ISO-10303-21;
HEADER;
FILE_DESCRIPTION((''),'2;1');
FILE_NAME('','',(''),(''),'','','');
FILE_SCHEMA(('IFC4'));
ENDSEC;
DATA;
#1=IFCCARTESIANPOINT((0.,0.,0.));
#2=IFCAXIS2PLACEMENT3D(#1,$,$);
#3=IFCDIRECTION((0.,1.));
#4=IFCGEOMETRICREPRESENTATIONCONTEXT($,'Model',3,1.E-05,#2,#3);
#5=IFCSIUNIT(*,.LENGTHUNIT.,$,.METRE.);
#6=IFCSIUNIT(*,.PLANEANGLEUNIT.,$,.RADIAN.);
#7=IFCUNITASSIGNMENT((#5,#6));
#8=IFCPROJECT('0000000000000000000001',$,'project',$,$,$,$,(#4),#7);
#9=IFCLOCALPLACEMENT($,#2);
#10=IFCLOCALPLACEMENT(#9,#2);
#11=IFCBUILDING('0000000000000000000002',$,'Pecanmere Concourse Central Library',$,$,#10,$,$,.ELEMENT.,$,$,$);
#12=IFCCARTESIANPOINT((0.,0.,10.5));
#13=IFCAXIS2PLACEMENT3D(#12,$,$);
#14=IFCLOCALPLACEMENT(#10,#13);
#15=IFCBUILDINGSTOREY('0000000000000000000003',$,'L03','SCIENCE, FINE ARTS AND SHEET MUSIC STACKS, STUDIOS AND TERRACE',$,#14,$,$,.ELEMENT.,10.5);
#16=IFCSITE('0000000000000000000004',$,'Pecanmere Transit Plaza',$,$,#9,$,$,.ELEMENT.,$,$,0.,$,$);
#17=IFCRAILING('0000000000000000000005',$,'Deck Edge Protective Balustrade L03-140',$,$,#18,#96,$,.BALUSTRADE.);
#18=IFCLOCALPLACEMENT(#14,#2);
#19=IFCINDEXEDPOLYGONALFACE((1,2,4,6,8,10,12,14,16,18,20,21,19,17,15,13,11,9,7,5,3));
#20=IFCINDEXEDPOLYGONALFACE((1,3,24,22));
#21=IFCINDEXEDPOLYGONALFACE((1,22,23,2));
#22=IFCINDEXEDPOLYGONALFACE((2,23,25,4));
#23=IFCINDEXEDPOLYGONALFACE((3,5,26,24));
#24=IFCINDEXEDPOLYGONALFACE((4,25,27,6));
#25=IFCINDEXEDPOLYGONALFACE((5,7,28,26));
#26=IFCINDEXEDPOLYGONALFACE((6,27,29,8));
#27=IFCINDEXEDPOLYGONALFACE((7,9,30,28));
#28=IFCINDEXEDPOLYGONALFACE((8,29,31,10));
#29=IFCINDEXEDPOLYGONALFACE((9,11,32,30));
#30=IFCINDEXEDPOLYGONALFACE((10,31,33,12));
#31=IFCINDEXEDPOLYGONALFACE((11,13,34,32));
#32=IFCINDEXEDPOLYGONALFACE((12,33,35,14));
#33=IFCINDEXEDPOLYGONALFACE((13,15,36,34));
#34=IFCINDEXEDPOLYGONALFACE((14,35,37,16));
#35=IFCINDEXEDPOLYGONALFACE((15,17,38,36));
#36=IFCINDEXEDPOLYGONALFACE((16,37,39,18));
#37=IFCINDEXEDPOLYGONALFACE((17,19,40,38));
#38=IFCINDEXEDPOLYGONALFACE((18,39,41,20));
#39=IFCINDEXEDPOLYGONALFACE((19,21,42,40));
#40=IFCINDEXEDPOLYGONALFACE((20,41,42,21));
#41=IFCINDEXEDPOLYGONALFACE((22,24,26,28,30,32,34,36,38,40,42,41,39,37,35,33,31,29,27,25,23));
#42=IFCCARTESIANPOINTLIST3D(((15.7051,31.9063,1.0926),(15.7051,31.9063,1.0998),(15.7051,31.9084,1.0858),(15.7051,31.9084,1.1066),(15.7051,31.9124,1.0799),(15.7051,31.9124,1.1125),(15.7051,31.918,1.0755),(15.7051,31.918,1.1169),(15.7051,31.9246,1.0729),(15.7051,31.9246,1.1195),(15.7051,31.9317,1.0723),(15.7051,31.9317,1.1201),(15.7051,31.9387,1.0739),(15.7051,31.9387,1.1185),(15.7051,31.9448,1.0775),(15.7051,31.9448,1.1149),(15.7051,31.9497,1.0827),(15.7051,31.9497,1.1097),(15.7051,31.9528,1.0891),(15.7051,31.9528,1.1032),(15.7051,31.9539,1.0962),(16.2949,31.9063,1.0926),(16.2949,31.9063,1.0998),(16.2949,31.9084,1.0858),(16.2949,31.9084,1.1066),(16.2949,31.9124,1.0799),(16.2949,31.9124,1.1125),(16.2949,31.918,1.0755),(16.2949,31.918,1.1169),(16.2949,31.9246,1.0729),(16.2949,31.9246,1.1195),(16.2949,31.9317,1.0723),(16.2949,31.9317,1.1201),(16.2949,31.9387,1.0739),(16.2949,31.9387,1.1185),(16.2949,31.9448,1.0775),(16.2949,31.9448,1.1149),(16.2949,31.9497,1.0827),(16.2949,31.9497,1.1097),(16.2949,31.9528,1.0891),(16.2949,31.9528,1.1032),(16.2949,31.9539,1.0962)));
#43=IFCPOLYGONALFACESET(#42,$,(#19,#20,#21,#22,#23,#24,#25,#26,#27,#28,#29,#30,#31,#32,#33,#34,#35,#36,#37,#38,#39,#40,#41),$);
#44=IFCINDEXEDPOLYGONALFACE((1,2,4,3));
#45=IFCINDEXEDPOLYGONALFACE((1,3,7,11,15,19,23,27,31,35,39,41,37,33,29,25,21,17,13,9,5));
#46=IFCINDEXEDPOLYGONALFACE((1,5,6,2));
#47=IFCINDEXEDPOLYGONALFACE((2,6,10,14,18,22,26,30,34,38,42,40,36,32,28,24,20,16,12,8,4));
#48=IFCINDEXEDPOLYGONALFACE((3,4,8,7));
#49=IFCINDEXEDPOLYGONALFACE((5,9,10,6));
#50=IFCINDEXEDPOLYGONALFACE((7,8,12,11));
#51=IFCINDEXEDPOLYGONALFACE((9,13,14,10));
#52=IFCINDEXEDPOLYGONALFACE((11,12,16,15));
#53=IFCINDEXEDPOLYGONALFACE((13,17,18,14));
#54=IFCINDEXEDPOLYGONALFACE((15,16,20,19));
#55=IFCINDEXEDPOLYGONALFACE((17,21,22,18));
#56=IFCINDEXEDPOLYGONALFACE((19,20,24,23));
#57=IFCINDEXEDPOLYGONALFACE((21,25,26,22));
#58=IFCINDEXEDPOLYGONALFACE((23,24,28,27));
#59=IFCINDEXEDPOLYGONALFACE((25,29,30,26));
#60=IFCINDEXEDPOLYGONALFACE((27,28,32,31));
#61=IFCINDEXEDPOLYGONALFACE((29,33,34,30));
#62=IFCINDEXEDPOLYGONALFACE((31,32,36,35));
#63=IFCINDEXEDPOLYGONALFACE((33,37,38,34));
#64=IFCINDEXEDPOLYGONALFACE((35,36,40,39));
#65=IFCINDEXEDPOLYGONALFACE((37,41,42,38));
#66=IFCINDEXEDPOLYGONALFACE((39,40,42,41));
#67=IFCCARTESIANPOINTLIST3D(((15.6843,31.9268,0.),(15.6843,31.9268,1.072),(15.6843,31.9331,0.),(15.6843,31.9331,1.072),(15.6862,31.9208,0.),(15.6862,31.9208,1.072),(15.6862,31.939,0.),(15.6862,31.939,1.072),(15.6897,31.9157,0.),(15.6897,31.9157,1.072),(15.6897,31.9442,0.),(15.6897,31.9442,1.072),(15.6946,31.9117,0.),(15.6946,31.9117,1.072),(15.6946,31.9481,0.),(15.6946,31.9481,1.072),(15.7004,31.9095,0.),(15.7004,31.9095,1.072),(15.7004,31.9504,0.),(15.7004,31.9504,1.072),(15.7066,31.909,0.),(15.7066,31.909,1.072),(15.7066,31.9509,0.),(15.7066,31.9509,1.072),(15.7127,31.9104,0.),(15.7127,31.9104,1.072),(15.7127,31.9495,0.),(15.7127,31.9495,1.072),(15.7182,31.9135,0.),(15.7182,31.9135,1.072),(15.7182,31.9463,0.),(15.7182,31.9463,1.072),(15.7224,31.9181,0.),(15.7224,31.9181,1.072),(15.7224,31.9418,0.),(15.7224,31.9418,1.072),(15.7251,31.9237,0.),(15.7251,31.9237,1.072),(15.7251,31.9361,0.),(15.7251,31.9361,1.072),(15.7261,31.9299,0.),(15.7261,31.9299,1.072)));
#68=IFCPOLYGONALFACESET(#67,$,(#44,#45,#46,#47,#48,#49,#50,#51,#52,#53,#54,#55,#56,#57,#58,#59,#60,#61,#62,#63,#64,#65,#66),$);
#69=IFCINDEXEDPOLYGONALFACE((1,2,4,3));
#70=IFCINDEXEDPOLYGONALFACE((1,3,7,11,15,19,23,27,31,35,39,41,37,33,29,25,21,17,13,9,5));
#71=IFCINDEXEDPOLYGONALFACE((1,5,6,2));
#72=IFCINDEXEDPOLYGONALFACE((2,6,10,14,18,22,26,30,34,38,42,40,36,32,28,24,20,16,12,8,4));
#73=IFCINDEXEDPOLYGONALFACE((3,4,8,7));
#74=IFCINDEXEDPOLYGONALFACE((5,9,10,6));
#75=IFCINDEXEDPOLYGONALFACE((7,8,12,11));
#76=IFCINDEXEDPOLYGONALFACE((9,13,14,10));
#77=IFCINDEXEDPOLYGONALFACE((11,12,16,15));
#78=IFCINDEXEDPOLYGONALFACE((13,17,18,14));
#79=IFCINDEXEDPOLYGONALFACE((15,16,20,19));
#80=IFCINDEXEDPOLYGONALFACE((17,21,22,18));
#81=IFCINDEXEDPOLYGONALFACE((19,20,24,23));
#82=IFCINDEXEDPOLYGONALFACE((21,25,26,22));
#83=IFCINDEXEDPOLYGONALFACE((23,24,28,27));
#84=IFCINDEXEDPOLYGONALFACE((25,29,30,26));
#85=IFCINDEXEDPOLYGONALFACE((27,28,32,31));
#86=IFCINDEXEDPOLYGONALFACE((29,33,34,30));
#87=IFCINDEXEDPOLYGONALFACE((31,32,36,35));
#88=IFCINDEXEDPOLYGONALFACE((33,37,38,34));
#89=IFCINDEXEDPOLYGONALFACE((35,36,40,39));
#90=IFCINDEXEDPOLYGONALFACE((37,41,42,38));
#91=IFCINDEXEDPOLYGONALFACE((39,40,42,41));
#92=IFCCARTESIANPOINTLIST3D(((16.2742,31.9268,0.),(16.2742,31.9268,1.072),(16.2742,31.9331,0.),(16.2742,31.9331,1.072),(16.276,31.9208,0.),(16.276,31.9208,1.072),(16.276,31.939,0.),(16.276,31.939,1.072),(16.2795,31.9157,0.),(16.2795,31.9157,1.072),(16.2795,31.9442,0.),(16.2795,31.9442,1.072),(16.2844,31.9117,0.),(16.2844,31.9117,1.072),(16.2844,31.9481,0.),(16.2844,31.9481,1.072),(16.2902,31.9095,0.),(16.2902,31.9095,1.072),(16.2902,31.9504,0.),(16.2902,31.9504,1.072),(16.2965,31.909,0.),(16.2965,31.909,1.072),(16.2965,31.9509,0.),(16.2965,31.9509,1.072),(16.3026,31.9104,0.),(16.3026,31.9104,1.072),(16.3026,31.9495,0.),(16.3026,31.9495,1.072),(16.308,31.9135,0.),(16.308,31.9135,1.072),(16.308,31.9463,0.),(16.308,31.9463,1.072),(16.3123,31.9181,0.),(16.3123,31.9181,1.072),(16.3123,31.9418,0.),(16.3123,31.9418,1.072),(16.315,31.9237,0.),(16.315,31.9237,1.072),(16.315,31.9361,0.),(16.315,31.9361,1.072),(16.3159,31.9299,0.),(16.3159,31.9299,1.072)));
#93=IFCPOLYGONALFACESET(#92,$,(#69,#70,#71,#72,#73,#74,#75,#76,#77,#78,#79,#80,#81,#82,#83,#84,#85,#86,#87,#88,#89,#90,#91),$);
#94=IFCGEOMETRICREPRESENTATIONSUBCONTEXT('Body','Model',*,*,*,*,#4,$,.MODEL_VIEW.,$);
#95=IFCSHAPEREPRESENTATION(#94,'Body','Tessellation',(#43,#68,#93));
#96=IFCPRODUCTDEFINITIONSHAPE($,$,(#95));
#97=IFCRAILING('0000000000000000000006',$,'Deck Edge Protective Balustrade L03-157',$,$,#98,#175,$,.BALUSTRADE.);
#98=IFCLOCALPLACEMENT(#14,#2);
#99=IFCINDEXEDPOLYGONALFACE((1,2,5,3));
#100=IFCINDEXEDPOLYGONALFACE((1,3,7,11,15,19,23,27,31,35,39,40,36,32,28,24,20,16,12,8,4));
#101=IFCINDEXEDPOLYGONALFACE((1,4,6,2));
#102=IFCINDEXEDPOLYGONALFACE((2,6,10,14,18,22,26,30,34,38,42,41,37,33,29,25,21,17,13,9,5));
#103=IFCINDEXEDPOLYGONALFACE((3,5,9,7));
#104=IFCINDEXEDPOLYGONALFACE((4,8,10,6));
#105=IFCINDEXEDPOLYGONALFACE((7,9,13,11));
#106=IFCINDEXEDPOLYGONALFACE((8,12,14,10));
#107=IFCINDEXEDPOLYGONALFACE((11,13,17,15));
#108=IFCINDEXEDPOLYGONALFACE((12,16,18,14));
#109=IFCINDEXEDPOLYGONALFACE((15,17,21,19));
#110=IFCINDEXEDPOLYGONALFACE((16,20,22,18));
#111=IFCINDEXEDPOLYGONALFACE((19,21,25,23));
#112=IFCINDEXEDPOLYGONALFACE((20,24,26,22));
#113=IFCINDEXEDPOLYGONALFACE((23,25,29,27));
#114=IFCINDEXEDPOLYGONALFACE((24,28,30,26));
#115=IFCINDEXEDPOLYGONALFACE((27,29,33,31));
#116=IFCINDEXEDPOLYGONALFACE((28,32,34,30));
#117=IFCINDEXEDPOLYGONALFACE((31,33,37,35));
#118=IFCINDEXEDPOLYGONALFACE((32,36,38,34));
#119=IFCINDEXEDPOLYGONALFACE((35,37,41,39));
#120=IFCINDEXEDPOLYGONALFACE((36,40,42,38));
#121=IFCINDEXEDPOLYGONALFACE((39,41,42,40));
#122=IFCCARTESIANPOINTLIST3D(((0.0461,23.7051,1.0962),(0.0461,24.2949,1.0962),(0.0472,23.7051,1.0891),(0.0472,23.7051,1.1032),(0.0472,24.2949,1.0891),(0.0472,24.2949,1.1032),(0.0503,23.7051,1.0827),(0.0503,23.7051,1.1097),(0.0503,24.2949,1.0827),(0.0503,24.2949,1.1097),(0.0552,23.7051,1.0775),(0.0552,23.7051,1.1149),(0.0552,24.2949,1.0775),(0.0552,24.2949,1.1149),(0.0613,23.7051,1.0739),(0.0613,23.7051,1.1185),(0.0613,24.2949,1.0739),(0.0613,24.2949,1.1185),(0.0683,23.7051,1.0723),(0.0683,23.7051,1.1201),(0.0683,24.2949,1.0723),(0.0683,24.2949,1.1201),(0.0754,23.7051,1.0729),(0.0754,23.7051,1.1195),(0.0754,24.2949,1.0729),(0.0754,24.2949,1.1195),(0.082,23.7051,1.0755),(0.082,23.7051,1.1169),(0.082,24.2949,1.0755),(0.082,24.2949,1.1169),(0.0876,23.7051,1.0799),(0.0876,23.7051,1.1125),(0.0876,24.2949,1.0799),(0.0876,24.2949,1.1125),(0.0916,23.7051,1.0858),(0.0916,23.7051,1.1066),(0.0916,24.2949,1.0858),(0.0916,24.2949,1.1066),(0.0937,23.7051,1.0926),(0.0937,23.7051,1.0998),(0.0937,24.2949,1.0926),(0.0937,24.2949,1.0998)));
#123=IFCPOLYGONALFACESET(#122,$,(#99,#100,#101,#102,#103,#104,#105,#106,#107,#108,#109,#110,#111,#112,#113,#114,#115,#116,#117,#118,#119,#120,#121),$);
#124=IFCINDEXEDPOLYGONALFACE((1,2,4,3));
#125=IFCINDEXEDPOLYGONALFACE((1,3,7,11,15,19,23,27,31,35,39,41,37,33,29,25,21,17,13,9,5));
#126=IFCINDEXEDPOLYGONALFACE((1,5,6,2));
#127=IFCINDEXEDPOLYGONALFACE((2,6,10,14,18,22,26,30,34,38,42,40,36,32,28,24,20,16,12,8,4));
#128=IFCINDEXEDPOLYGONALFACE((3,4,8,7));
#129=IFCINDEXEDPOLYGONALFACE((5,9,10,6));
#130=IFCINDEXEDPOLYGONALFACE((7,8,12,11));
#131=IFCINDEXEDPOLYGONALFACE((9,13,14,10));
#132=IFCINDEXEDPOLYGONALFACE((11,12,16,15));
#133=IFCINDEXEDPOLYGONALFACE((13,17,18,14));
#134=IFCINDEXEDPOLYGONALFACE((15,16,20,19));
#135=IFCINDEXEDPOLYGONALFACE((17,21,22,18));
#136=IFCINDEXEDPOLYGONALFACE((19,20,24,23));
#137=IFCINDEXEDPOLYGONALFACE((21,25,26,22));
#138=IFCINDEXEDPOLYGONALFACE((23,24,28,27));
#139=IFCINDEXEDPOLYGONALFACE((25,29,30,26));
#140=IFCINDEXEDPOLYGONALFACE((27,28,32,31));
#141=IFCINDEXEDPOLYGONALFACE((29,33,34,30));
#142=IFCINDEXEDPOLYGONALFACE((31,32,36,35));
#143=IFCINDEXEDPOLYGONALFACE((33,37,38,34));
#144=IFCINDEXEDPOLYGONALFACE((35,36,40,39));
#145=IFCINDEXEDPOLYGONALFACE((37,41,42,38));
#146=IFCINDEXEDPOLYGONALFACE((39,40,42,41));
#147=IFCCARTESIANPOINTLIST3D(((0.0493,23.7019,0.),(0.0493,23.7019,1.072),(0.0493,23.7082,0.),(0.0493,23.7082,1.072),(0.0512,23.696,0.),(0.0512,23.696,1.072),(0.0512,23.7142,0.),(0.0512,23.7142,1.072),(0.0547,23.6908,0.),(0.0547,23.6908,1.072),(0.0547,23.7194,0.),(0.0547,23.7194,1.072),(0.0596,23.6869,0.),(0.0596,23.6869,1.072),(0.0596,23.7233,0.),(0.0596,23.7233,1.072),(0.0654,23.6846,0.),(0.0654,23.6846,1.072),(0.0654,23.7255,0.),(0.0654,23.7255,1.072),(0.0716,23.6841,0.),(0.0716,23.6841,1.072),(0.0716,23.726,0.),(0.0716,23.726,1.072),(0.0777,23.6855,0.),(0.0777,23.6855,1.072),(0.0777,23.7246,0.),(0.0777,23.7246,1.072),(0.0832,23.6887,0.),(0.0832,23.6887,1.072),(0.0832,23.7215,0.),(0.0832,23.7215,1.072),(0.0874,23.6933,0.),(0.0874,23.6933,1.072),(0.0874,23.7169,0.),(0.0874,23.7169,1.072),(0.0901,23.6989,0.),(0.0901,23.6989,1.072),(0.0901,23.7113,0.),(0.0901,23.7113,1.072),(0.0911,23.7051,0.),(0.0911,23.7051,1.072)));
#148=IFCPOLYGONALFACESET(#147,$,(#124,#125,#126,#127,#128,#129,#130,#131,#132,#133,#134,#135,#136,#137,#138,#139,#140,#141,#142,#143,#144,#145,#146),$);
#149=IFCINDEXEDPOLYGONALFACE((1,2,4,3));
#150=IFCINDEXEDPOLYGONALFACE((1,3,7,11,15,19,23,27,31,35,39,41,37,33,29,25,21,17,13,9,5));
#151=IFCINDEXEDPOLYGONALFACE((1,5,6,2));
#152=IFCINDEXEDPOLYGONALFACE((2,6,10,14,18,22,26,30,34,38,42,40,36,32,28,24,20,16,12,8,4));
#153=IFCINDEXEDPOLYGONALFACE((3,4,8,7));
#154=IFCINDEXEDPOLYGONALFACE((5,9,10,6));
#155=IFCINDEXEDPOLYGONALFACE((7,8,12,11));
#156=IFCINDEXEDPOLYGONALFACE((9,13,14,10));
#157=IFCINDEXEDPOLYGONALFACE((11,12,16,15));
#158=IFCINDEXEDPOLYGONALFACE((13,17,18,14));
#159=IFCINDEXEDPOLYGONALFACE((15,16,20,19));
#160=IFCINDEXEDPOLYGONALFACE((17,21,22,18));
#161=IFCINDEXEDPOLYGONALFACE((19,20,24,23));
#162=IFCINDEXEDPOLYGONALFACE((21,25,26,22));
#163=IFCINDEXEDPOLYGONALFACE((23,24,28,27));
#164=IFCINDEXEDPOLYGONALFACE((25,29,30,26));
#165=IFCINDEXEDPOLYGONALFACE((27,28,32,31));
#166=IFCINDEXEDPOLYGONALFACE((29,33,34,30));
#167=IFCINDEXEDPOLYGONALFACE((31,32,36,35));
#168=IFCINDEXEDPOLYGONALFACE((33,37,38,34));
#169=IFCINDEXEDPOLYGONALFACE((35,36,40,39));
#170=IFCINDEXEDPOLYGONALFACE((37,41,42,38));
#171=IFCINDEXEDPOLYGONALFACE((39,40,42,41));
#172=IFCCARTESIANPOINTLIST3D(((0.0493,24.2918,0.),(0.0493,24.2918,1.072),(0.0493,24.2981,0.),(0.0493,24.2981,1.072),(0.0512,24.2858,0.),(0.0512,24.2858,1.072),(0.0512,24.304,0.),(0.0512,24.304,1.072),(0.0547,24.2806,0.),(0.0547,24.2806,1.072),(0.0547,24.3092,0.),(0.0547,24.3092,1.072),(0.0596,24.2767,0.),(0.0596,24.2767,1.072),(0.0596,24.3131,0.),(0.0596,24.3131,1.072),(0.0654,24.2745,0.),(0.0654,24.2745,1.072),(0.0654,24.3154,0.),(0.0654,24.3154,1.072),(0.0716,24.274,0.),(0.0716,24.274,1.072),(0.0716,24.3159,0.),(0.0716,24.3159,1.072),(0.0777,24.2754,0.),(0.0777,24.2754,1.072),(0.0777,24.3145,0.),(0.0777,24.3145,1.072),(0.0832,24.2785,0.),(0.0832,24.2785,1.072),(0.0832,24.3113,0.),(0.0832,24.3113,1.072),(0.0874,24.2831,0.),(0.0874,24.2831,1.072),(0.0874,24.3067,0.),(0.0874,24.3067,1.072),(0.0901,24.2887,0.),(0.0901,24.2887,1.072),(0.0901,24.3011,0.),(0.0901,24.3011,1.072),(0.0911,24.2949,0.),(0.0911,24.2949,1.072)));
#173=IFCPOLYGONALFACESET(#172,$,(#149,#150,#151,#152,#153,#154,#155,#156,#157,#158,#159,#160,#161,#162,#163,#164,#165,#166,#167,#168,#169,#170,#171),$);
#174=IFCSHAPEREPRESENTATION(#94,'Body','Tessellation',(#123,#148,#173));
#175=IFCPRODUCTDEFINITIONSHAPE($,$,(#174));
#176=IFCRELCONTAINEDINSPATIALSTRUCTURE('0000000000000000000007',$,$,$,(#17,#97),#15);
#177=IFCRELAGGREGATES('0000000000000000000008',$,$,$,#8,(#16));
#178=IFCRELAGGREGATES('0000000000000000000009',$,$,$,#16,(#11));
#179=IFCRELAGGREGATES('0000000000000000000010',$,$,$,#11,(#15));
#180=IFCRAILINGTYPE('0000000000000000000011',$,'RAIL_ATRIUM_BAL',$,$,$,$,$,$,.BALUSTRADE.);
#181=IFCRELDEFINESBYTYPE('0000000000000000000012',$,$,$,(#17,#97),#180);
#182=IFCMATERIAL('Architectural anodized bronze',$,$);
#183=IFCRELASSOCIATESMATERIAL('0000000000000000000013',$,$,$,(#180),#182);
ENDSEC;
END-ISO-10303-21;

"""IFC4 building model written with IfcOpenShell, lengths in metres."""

from ifc_helpers import new_model, si_unit, direction, frame, origin, origin_2d, place, context, subcontext, project, spatial, circle, extrude, material, type_object, element, save


model = new_model("IFC4")

# Units and contexts
model_context = context("Model", 3, precision=1e-05, world=origin(), true_north=direction((0.0, 1.0)))
body_context = subcontext(model_context, "Body", "Model", "MODEL_VIEW")
ifc_project = project(units=[si_unit("LENGTHUNIT", "METRE"), si_unit("PLANEANGLEUNIT", "RADIAN")], contexts=[model_context])

# Site, building, storey
site_placement = place(None, origin())
site = spatial("IfcSite", under=ifc_project, at=site_placement, Name="Pecanmere Transit Plaza", CompositionType="ELEMENT", RefElevation=0.0)
building_placement = place(site_placement, origin())
building = spatial("IfcBuilding", under=site, at=building_placement, Name="Pecanmere Concourse Central Library", CompositionType="ELEMENT")
storey_placement = place(building_placement, frame((0.0, 0.0, 10.5)))
storey = spatial("IfcBuildingStorey", under=building, at=storey_placement, Name="L03", Description="SCIENCE, FINE ARTS AND SHEET MUSIC STACKS, STUDIOS AND TERRACE", CompositionType="ELEMENT", Elevation=10.5)

# Railings
ifc_material_1 = material(Name="Architectural anodized bronze")
railing_type = type_object("IfcRailingType", Name="RAIL_ATRIUM_BAL", PredefinedType="BALUSTRADE", material=ifc_material_1)
for number, where, name in (
    (1, (15.7051, 31.9299, 0.0), "Deck Edge Protective Balustrade L03-140"),
):
    element("IfcRailing", number, at=place(storey_placement, frame(where)), inside=storey, type_object=railing_type, Name=name, PredefinedType="BALUSTRADE", context=body_context, shape_type="SweptSolid", body=[
        extrude(circle(Radius=0.0239, at=origin_2d()), frame((0.0, 0.0, 1.0962), z_axis=(1.0, 0.0, 0.0), x_axis=(0.0, 1.0, 0.0)), (0.0, 0.0, 1.0), 0.5898),
        extrude(circle(Radius=0.021, at=origin_2d()), origin(), (0.0, 0.0, 1.0), 1.072),
        extrude(circle(Radius=0.021, at=origin_2d()), frame((0.5898, 0.0, 0.0)), (0.0, 0.0, 1.0), 1.072),
    ])
railing_1_placement = place(storey_placement, frame((0.0701, 23.7051, 0.0)))
element("IfcRailing", 2, at=railing_1_placement, inside=storey, type_object=railing_type, Name="Deck Edge Protective Balustrade L03-157", PredefinedType="BALUSTRADE", context=body_context, shape_type="SweptSolid", body=[
    extrude(circle(Radius=0.0239, at=origin_2d()), frame((0.0, 0.0, 1.0962), z_axis=(0.0, 1.0, 0.0), x_axis=(-1.0, 0.0, 0.0)), (0.0, 0.0, 1.0), 0.5898),
    extrude(circle(Radius=0.021, at=origin_2d()), origin(), (0.0, 0.0, 1.0), 1.072),
    extrude(circle(Radius=0.021, at=origin_2d()), frame((0.0, 0.5898, 0.0)), (0.0, 0.0, 1.0), 1.072),
])

save(model, "model.ifc")
